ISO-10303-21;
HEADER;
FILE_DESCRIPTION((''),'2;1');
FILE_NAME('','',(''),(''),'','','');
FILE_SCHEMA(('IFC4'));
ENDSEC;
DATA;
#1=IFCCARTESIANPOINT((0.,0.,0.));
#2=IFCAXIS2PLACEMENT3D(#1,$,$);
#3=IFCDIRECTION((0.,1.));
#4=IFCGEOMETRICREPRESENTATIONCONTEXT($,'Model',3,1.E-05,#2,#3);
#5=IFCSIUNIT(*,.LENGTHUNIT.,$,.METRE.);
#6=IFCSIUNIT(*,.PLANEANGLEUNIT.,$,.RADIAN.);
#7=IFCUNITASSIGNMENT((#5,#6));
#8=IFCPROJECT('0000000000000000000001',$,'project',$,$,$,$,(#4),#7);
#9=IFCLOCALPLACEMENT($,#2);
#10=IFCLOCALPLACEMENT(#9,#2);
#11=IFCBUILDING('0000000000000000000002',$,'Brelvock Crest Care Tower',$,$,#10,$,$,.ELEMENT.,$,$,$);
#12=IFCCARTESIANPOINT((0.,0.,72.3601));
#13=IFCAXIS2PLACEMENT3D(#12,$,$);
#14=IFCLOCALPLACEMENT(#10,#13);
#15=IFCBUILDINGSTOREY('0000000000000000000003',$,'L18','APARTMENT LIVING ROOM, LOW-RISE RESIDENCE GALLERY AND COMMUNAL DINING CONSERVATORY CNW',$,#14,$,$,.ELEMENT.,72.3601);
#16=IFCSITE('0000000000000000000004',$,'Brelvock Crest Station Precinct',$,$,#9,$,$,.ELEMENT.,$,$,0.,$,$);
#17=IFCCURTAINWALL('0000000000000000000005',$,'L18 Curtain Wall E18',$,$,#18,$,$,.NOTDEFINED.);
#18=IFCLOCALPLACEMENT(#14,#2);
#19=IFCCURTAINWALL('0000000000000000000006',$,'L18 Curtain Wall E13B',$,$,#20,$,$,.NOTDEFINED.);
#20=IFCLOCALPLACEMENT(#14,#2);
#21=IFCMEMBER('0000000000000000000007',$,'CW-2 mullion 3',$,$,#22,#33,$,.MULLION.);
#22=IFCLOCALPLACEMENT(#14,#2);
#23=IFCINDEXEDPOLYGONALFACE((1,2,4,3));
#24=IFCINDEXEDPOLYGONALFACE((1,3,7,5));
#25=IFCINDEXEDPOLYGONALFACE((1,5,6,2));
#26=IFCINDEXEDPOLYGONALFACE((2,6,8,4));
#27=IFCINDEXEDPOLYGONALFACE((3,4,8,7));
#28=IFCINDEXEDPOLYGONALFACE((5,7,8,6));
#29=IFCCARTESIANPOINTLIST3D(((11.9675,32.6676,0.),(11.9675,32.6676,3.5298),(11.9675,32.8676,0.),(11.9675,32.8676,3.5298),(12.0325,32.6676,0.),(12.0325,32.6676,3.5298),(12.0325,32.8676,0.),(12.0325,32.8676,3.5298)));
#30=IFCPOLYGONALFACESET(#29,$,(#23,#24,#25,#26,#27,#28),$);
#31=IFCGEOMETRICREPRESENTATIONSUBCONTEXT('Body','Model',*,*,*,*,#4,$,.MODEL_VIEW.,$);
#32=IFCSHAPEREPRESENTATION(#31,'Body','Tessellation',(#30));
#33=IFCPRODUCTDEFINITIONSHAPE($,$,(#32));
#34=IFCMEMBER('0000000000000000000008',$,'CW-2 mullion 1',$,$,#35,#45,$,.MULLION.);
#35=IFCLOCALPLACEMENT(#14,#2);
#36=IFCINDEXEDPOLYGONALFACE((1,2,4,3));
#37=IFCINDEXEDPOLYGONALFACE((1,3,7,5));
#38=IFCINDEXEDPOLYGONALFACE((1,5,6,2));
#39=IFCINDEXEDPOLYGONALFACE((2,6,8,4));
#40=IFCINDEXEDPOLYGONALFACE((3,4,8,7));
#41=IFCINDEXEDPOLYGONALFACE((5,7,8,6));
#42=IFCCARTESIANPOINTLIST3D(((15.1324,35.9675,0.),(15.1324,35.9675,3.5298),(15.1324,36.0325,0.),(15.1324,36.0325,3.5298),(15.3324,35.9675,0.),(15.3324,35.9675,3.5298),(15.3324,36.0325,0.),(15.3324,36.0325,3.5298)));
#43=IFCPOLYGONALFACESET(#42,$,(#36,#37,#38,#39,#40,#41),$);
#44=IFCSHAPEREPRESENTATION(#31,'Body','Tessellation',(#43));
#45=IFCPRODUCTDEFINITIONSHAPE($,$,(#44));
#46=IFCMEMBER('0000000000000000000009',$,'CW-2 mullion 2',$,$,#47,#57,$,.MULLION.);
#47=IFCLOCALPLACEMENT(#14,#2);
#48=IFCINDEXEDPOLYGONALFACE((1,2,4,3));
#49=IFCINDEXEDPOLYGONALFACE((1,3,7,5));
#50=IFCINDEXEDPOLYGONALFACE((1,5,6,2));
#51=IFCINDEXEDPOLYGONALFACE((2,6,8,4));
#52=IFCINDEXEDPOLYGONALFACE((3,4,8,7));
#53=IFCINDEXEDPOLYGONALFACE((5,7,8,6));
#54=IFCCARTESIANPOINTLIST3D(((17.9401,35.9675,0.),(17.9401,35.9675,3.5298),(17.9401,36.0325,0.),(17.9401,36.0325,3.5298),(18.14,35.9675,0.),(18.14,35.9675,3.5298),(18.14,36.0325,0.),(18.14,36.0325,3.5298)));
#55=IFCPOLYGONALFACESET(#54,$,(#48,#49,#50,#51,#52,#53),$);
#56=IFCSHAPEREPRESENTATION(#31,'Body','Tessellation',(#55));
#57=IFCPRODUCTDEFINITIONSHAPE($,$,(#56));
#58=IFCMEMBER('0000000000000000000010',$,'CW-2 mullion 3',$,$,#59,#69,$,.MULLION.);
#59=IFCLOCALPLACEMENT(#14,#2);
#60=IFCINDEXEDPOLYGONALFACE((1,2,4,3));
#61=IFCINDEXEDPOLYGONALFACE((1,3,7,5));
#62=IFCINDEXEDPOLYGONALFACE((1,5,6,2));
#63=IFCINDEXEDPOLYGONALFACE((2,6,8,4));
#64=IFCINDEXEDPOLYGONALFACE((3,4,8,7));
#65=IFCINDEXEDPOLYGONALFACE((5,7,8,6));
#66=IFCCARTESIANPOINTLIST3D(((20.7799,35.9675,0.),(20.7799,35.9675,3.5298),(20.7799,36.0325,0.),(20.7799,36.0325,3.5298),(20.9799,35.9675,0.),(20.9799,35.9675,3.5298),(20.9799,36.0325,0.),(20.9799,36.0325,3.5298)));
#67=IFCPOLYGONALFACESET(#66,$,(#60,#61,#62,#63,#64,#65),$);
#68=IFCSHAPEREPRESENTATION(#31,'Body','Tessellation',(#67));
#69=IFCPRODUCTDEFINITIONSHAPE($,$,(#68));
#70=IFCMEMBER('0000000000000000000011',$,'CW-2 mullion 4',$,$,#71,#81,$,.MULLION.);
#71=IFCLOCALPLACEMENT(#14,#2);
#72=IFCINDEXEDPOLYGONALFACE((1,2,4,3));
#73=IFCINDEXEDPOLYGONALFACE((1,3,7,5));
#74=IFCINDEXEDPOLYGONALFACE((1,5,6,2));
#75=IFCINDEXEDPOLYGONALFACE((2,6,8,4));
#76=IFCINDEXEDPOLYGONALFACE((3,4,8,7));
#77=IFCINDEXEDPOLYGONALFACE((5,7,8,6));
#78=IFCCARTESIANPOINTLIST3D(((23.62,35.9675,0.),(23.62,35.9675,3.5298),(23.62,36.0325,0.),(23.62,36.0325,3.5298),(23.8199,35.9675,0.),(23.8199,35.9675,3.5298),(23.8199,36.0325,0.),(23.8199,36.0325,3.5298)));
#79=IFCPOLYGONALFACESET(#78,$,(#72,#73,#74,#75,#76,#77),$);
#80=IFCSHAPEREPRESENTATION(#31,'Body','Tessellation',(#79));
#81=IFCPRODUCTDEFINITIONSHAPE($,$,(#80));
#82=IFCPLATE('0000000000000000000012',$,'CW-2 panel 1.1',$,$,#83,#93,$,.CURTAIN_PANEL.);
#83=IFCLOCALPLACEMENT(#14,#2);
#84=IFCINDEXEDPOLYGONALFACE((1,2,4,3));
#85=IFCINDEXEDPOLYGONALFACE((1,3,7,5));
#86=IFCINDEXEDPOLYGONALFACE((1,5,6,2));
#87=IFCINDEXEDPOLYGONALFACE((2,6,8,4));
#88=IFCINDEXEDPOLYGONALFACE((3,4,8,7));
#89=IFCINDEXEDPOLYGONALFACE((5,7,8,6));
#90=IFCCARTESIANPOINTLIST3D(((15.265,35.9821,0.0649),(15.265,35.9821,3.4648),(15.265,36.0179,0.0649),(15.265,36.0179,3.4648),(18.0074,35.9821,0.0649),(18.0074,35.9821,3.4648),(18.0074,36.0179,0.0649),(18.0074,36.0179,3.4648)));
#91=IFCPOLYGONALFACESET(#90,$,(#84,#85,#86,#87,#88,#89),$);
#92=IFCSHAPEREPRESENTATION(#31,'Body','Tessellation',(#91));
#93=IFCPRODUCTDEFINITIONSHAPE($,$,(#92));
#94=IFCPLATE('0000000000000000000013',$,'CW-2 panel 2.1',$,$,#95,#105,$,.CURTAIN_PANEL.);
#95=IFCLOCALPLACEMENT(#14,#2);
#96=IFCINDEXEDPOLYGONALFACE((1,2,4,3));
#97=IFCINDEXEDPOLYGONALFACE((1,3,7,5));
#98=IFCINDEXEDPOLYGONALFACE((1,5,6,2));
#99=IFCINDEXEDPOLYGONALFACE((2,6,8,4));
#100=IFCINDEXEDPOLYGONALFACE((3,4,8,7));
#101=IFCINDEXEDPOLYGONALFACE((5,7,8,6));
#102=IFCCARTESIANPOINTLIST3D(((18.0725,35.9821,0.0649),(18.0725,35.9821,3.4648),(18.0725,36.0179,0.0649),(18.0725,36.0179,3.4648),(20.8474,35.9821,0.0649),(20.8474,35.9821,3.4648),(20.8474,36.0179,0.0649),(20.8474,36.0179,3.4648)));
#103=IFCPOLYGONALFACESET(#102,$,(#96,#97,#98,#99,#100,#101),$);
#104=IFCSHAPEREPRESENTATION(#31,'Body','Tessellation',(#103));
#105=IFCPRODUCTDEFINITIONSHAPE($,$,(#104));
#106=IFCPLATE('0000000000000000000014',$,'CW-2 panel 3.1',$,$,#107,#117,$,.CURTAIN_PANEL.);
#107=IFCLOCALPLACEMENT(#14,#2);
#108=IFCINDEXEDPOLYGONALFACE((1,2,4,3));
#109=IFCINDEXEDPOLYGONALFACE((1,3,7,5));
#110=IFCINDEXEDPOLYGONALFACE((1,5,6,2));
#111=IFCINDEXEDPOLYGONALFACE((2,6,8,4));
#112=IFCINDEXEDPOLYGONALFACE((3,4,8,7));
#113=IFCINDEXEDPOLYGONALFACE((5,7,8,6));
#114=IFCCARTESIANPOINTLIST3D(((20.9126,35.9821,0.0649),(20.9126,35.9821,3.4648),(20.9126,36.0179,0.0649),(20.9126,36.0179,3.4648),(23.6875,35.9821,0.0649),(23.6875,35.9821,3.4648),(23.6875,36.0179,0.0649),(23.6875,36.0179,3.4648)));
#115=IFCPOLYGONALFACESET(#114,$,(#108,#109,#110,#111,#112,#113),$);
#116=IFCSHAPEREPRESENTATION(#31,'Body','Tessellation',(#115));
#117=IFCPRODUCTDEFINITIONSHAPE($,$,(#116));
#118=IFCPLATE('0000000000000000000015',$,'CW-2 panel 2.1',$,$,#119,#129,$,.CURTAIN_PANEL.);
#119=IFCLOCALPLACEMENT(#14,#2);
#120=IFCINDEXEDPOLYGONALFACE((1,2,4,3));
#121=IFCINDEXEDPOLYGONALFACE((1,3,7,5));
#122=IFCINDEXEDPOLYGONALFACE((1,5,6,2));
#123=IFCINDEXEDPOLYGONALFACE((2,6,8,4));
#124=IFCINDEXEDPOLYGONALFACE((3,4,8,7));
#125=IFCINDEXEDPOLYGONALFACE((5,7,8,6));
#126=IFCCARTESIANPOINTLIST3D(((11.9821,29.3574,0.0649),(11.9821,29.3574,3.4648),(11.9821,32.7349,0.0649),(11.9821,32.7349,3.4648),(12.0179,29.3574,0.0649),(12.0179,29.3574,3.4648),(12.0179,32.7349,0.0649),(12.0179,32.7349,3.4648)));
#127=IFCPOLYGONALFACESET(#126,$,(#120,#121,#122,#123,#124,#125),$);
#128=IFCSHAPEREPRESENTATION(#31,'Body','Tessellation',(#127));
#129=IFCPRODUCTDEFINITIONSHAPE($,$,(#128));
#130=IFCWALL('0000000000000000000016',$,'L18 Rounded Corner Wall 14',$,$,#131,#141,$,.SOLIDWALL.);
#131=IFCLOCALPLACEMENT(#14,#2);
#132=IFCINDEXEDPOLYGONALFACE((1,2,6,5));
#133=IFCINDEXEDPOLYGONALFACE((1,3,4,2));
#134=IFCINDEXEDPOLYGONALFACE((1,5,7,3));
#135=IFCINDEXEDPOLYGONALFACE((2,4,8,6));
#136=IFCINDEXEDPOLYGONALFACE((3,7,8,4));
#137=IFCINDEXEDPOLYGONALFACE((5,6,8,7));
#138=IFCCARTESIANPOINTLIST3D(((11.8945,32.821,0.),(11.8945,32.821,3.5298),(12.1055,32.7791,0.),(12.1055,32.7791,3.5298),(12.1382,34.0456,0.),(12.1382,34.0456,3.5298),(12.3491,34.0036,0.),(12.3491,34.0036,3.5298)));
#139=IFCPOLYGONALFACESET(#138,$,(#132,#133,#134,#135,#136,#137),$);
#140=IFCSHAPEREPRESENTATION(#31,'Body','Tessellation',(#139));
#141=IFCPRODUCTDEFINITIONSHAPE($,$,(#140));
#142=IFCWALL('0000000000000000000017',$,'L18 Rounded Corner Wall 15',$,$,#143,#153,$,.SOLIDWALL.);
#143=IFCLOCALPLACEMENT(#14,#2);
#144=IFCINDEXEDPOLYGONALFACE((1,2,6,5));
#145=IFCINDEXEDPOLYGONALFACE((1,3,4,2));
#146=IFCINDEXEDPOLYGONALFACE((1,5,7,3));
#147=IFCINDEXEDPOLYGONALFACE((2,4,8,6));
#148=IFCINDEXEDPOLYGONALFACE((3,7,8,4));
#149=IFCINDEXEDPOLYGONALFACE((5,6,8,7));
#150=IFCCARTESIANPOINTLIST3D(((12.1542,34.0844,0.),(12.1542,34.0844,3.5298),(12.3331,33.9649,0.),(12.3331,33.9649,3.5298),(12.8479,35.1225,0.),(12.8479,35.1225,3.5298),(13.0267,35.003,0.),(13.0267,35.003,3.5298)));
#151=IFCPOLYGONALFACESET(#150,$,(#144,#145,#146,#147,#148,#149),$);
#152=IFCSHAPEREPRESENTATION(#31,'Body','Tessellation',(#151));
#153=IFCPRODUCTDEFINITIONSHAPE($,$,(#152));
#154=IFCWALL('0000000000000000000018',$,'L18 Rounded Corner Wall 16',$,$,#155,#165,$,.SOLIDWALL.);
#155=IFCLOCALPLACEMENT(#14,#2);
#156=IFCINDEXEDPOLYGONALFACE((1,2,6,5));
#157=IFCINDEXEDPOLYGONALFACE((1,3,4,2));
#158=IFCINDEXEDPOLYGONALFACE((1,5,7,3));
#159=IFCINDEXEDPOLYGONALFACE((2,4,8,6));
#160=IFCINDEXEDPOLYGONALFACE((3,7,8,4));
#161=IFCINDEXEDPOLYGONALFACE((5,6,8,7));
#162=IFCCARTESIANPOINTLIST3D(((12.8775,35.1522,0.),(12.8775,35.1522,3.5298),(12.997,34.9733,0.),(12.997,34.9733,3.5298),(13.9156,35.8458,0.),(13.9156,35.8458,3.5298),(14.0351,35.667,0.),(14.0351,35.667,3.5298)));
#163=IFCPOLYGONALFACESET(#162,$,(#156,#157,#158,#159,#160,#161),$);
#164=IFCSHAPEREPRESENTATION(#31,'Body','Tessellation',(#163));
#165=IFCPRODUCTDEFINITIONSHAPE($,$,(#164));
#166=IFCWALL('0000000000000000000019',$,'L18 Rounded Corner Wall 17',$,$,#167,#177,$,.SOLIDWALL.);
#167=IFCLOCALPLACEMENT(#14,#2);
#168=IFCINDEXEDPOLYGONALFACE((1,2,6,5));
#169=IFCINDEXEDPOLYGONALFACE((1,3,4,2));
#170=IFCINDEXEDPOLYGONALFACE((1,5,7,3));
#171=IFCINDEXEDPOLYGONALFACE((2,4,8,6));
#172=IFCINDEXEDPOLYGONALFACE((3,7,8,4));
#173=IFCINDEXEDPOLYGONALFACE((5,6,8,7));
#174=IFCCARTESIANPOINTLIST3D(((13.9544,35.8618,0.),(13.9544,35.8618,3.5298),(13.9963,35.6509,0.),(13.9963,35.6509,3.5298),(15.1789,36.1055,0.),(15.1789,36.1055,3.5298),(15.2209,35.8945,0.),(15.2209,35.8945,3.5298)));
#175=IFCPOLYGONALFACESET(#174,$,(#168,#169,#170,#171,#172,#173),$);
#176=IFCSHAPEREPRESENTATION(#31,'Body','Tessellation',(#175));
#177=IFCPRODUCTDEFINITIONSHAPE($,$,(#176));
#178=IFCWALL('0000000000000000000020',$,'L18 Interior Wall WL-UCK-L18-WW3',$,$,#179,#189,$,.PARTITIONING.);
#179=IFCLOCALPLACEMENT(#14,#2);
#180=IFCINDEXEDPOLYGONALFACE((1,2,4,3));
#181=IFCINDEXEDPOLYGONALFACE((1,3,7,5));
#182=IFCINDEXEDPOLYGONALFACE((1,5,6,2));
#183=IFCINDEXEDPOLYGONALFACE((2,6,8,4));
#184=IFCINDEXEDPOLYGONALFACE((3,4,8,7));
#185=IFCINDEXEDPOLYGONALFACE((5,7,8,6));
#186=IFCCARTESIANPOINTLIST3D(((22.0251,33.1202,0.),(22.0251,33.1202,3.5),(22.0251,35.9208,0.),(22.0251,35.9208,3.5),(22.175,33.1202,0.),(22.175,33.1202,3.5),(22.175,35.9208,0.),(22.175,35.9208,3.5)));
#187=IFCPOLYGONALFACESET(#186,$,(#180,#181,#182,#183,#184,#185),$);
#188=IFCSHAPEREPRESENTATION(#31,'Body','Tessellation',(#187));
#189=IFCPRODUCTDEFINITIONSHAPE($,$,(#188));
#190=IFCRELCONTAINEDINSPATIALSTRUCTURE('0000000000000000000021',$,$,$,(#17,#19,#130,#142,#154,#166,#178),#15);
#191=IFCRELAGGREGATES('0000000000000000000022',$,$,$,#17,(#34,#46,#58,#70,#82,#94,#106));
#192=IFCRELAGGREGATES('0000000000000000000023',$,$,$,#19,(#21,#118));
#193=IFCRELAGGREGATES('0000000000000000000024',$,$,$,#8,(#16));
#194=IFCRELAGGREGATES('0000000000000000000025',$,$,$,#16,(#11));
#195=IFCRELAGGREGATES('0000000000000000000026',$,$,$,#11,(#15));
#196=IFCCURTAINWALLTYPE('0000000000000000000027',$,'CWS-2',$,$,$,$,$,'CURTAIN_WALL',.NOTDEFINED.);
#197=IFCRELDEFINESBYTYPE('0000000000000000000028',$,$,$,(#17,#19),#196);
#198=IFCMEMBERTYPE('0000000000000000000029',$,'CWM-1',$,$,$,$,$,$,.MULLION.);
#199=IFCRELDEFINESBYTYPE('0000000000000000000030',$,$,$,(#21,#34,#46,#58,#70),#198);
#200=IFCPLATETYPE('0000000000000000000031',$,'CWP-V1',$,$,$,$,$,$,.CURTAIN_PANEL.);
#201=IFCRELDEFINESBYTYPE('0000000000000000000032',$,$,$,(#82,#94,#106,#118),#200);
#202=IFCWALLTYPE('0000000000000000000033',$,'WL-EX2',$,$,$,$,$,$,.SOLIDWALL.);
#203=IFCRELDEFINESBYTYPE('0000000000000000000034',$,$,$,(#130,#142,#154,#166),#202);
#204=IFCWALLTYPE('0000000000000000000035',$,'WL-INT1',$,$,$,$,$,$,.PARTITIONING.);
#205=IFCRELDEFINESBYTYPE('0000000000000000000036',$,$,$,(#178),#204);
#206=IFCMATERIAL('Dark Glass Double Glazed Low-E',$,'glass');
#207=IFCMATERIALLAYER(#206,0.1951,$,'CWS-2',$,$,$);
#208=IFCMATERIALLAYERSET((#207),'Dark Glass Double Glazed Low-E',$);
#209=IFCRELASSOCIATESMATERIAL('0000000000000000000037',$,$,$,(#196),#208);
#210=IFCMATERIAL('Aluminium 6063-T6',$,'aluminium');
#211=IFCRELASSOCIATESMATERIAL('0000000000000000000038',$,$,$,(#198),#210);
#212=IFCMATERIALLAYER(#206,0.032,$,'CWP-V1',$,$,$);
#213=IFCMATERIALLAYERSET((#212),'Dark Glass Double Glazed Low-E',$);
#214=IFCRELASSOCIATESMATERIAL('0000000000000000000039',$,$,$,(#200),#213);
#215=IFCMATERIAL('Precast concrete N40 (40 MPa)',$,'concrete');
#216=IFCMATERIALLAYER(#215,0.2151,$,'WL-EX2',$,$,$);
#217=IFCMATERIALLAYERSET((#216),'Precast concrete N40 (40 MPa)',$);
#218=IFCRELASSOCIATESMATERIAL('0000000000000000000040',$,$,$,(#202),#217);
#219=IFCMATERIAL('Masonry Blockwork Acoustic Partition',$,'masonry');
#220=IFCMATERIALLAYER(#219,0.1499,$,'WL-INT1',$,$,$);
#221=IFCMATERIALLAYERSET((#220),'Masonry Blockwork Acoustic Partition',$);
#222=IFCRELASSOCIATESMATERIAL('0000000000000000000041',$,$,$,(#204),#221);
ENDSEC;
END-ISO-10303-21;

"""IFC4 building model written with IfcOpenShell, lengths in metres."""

from ifc_helpers import new_model, si_unit, direction, frame, frame_2d, origin, origin_2d, place, context, subcontext, project, spatial, rectangle, extrude, source, transform, mapped, material, layer, layer_set, material_profile, profile_set, type_object, element, aggregate, save


model = new_model("IFC4")

# Units and contexts
model_context = context("Model", 3, precision=1e-05, world=origin(), true_north=direction((0.0, 1.0)))
body_context = subcontext(model_context, "Body", "Model", "MODEL_VIEW")
ifc_project = project(units=[si_unit("LENGTHUNIT", "METRE"), si_unit("PLANEANGLEUNIT", "RADIAN")], contexts=[model_context])

# Site, building, storey
site_placement = place(None, origin())
site = spatial("IfcSite", under=ifc_project, at=site_placement, Name="Brelvock Crest Station Precinct", CompositionType="ELEMENT", RefElevation=0.0)
building_placement = place(site_placement, origin())
building = spatial("IfcBuilding", under=site, at=building_placement, Name="Brelvock Crest Care Tower", CompositionType="ELEMENT")
storey_placement = place(building_placement, frame((0.0, 0.0, 72.3601)))
storey = spatial("IfcBuildingStorey", under=building, at=storey_placement, Name="L18", Description="APARTMENT LIVING ROOM, LOW-RISE RESIDENCE GALLERY AND COMMUNAL DINING CONSERVATORY CNW", CompositionType="ELEMENT", Elevation=72.3601)

# Curtain wall
ifc_material_1 = material(Name="Dark Glass Double Glazed Low-E", Category="glass")
ifc_layer_1 = layer(ifc_material_1, 0.1951, Name="CWS-2")
ifc_layer_set_1 = layer_set([ifc_layer_1], Name="Dark Glass Double Glazed Low-E")
curtain_wall_type = type_object("IfcCurtainWallType", Name="CWS-2", ElementType="CURTAIN_WALL", PredefinedType="NOTDEFINED", material=ifc_layer_set_1)
curtain_wall_1_placement = place(storey_placement, origin())
curtain_wall_1 = element("IfcCurtainWall", 1, at=curtain_wall_1_placement, inside=storey, type_object=curtain_wall_type, Name="L18 Curtain Wall E18", PredefinedType="NOTDEFINED")
ifc_material_2 = material(Name="Aluminium 6063-T6", Category="aluminium")

# Curtain wall, member
curtain_wall_2_placement = place(storey_placement, origin())
curtain_wall_2 = element("IfcCurtainWall", 2, at=curtain_wall_2_placement, inside=storey, type_object=curtain_wall_type, Name="L18 Curtain Wall E13B", PredefinedType="NOTDEFINED")
ifc_material_profile_1 = material_profile(ifc_material_2, rectangle(XDim=0.0649, YDim=0.2, at=origin_2d()), Name="ALU65x200")
ifc_profile_set_1 = profile_set([ifc_material_profile_1], Name="Aluminium 6063-T6")
member_type_1 = type_object("IfcMemberType", Name="CWM-1", PredefinedType="MULLION", material=ifc_profile_set_1)
shared_shape_1 = source(origin(), body_context, "Body", "SweptSolid", [
    extrude(rectangle(XDim=0.0649, YDim=0.2, at=origin_2d()), origin(), (0.0, 0.0, 1.0), 3.5298),
])
member_1_placement = place(storey_placement, frame((12.0, 32.7676, 0.0), z_axis=(0.0, 0.0, 1.0), x_axis=(-1.0, 0.0, 0.0)))
member_1 = element("IfcMember", 3, at=member_1_placement, type_object=member_type_1, Name="CW-2 mullion 3", PredefinedType="MULLION", context=body_context, shape_type="MappedRepresentation", body=[
    mapped(shared_shape_1, transform((0.0, 0.0, 0.0), x_axis=(1.0, 0.0, 0.0), y_axis=(0.0, 1.0, 0.0), z_axis=(0.0, 0.0, 1.0), scale=1.0)),
])

# Members
member_2_placement = place(storey_placement, frame((15.2324, 36.0, 0.0), z_axis=(0.0, 0.0, 1.0), x_axis=(0.0, 1.0, 0.0)))
member_2 = element("IfcMember", 4, at=member_2_placement, type_object=member_type_1, Name="CW-2 mullion 1", PredefinedType="MULLION", context=body_context, shape_type="MappedRepresentation", body=[
    mapped(shared_shape_1, transform((0.0, 0.0, 0.0), x_axis=(1.0, 0.0, 0.0), y_axis=(0.0, 1.0, 0.0), z_axis=(0.0, 0.0, 1.0), scale=1.0)),
])
member_3_placement = place(storey_placement, frame((18.04, 36.0, 0.0), z_axis=(0.0, 0.0, 1.0), x_axis=(0.0, 1.0, 0.0)))
member_3 = element("IfcMember", 5, at=member_3_placement, type_object=member_type_1, Name="CW-2 mullion 2", PredefinedType="MULLION", context=body_context, shape_type="MappedRepresentation", body=[
    mapped(shared_shape_1, transform((0.0, 0.0, 0.0), x_axis=(1.0, 0.0, 0.0), y_axis=(0.0, 1.0, 0.0), z_axis=(0.0, 0.0, 1.0), scale=1.0)),
])
member_4_placement = place(storey_placement, frame((20.8799, 36.0, 0.0), z_axis=(0.0, 0.0, 1.0), x_axis=(0.0, 1.0, 0.0)))
member_4 = element("IfcMember", 6, at=member_4_placement, type_object=member_type_1, Name="CW-2 mullion 3", PredefinedType="MULLION", context=body_context, shape_type="MappedRepresentation", body=[
    mapped(shared_shape_1, transform((0.0, 0.0, 0.0), x_axis=(1.0, 0.0, 0.0), y_axis=(0.0, 1.0, 0.0), z_axis=(0.0, 0.0, 1.0), scale=1.0)),
])
member_5_placement = place(storey_placement, frame((23.72, 36.0, 0.0), z_axis=(0.0, 0.0, 1.0), x_axis=(0.0, 1.0, 0.0)))
member_5 = element("IfcMember", 7, at=member_5_placement, type_object=member_type_1, Name="CW-2 mullion 4", PredefinedType="MULLION", context=body_context, shape_type="MappedRepresentation", body=[
    mapped(shared_shape_1, transform((0.0, 0.0, 0.0), x_axis=(1.0, 0.0, 0.0), y_axis=(0.0, 1.0, 0.0), z_axis=(0.0, 0.0, 1.0), scale=1.0)),
])

# Plates
ifc_layer_2 = layer(ifc_material_1, 0.032, Name="CWP-V1")
ifc_layer_set_2 = layer_set([ifc_layer_2], Name="Dark Glass Double Glazed Low-E")
plate_type = type_object("IfcPlateType", Name="CWP-V1", PredefinedType="CURTAIN_PANEL", material=ifc_layer_set_2)
shared_shape_2 = source(origin(), body_context, "Body", "SweptSolid", [
    extrude(rectangle(XDim=2.7424, YDim=0.0359, at=origin_2d()), origin(), (0.0, 0.0, 1.0), 3.3999),
])
plate_1_placement = place(storey_placement, frame((16.6362, 36.0, 0.0649), z_axis=(0.0, 0.0, 1.0), x_axis=(1.0, 0.0, 0.0)))
plate_1 = element("IfcPlate", 8, at=plate_1_placement, type_object=plate_type, Name="CW-2 panel 1.1", PredefinedType="CURTAIN_PANEL", context=body_context, shape_type="MappedRepresentation", body=[
    mapped(shared_shape_2, transform((0.0, 0.0, 0.0), x_axis=(1.0, 0.0, 0.0), y_axis=(0.0, 1.0, 0.0), z_axis=(0.0, 0.0, 1.0), scale=1.0)),
])
shared_shape_3 = source(origin(), body_context, "Body", "SweptSolid", [
    extrude(rectangle(XDim=2.7749, YDim=0.0359, at=origin_2d()), origin(), (0.0, 0.0, 1.0), 3.3999),
])
plate_2_placement = place(storey_placement, frame((19.46, 36.0, 0.0649), z_axis=(0.0, 0.0, 1.0), x_axis=(1.0, 0.0, 0.0)))
plate_2 = element("IfcPlate", 9, at=plate_2_placement, type_object=plate_type, Name="CW-2 panel 2.1", PredefinedType="CURTAIN_PANEL", context=body_context, shape_type="MappedRepresentation", body=[
    mapped(shared_shape_3, transform((0.0, 0.0, 0.0), x_axis=(1.0, 0.0, 0.0), y_axis=(0.0, 1.0, 0.0), z_axis=(0.0, 0.0, 1.0), scale=1.0)),
])
plate_3_placement = place(storey_placement, frame((22.3, 36.0, 0.0649), z_axis=(0.0, 0.0, 1.0), x_axis=(1.0, 0.0, 0.0)))
plate_3 = element("IfcPlate", 10, at=plate_3_placement, type_object=plate_type, Name="CW-2 panel 3.1", PredefinedType="CURTAIN_PANEL", context=body_context, shape_type="MappedRepresentation", body=[
    mapped(shared_shape_3, transform((0.0, 0.0, 0.0), x_axis=(1.0, 0.0, 0.0), y_axis=(0.0, 1.0, 0.0), z_axis=(0.0, 0.0, 1.0), scale=1.0)),
])
aggregate(curtain_wall_1, [member_2, member_3, member_4, member_5, plate_1, plate_2, plate_3])
shared_shape_4 = source(origin(), body_context, "Body", "SweptSolid", [
    extrude(rectangle(XDim=3.3774, YDim=0.0359, at=origin_2d()), origin(), (0.0, 0.0, 1.0), 3.3999),
])
plate_4_placement = place(storey_placement, frame((12.0, 31.0461, 0.0649), z_axis=(0.0, 0.0, 1.0), x_axis=(0.0, 1.0, 0.0)))
plate_4 = element("IfcPlate", 11, at=plate_4_placement, type_object=plate_type, Name="CW-2 panel 2.1", PredefinedType="CURTAIN_PANEL", context=body_context, shape_type="MappedRepresentation", body=[
    mapped(shared_shape_4, transform((0.0, 0.0, 0.0), x_axis=(1.0, 0.0, 0.0), y_axis=(0.0, 1.0, 0.0), z_axis=(0.0, 0.0, 1.0), scale=1.0)),
])
aggregate(curtain_wall_2, [member_1, plate_4])

# Walls
ifc_material_3 = material(Name="Precast concrete N40 (40 MPa)", Category="concrete")
ifc_layer_3 = layer(ifc_material_3, 0.2151, Name="WL-EX2")
ifc_layer_set_3 = layer_set([ifc_layer_3], Name="Precast concrete N40 (40 MPa)")
wall_type_1 = type_object("IfcWallType", Name="WL-EX2", PredefinedType="SOLIDWALL", material=ifc_layer_set_3)
for number, where, z_axis, x_axis, name in (
    (12, (12.0, 32.8, 0.0), (0.0, 0.0, 1.0), (0.195138, 0.980776, 0.0), "L18 Rounded Corner Wall 14"),
    (13, (12.2437, 34.0247, 0.0), (0.0, 0.0, 1.0), (0.555557, 0.831478, 0.0), "L18 Rounded Corner Wall 15"),
    (14, (12.9373, 35.0627, 0.0), (0.0, 0.0, 1.0), (0.831478, 0.555557, 0.0), "L18 Rounded Corner Wall 16"),
    (15, (13.9753, 35.7563, 0.0), (0.0, 0.0, 1.0), (0.980776, 0.195138, 0.0), "L18 Rounded Corner Wall 17"),
):
    element("IfcWall", number, at=place(storey_placement, frame(where, z_axis=z_axis, x_axis=x_axis)), inside=storey, type_object=wall_type_1, Name=name, PredefinedType="SOLIDWALL", context=body_context, shape_type="SweptSolid", body=[
        extrude(rectangle(XDim=1.2485, YDim=0.2151, at=frame_2d((0.6243, 0.0))), origin(), (0.0, 0.0, 1.0), 3.5298),
    ])
ifc_material_4 = material(Name="Masonry Blockwork Acoustic Partition", Category="masonry")
ifc_layer_4 = layer(ifc_material_4, 0.1499, Name="WL-INT1")
ifc_layer_set_4 = layer_set([ifc_layer_4], Name="Masonry Blockwork Acoustic Partition")
wall_type_2 = type_object("IfcWallType", Name="WL-INT1", PredefinedType="PARTITIONING", material=ifc_layer_set_4)
wall_1_placement = place(storey_placement, frame((22.1001, 33.1201, 0.0), z_axis=(0.0, 0.0, 1.0), x_axis=(0.0, 1.0, 0.0)))
element("IfcWall", 16, at=wall_1_placement, inside=storey, type_object=wall_type_2, Name="L18 Interior Wall WL-UCK-L18-WW3", PredefinedType="PARTITIONING", context=body_context, shape_type="SweptSolid", body=[
    extrude(rectangle(XDim=2.8005, YDim=0.1499, at=frame_2d((1.4004, 0.0))), origin(), (0.0, 0.0, 1.0), 3.5),
])

save(model, "model.ifc")
